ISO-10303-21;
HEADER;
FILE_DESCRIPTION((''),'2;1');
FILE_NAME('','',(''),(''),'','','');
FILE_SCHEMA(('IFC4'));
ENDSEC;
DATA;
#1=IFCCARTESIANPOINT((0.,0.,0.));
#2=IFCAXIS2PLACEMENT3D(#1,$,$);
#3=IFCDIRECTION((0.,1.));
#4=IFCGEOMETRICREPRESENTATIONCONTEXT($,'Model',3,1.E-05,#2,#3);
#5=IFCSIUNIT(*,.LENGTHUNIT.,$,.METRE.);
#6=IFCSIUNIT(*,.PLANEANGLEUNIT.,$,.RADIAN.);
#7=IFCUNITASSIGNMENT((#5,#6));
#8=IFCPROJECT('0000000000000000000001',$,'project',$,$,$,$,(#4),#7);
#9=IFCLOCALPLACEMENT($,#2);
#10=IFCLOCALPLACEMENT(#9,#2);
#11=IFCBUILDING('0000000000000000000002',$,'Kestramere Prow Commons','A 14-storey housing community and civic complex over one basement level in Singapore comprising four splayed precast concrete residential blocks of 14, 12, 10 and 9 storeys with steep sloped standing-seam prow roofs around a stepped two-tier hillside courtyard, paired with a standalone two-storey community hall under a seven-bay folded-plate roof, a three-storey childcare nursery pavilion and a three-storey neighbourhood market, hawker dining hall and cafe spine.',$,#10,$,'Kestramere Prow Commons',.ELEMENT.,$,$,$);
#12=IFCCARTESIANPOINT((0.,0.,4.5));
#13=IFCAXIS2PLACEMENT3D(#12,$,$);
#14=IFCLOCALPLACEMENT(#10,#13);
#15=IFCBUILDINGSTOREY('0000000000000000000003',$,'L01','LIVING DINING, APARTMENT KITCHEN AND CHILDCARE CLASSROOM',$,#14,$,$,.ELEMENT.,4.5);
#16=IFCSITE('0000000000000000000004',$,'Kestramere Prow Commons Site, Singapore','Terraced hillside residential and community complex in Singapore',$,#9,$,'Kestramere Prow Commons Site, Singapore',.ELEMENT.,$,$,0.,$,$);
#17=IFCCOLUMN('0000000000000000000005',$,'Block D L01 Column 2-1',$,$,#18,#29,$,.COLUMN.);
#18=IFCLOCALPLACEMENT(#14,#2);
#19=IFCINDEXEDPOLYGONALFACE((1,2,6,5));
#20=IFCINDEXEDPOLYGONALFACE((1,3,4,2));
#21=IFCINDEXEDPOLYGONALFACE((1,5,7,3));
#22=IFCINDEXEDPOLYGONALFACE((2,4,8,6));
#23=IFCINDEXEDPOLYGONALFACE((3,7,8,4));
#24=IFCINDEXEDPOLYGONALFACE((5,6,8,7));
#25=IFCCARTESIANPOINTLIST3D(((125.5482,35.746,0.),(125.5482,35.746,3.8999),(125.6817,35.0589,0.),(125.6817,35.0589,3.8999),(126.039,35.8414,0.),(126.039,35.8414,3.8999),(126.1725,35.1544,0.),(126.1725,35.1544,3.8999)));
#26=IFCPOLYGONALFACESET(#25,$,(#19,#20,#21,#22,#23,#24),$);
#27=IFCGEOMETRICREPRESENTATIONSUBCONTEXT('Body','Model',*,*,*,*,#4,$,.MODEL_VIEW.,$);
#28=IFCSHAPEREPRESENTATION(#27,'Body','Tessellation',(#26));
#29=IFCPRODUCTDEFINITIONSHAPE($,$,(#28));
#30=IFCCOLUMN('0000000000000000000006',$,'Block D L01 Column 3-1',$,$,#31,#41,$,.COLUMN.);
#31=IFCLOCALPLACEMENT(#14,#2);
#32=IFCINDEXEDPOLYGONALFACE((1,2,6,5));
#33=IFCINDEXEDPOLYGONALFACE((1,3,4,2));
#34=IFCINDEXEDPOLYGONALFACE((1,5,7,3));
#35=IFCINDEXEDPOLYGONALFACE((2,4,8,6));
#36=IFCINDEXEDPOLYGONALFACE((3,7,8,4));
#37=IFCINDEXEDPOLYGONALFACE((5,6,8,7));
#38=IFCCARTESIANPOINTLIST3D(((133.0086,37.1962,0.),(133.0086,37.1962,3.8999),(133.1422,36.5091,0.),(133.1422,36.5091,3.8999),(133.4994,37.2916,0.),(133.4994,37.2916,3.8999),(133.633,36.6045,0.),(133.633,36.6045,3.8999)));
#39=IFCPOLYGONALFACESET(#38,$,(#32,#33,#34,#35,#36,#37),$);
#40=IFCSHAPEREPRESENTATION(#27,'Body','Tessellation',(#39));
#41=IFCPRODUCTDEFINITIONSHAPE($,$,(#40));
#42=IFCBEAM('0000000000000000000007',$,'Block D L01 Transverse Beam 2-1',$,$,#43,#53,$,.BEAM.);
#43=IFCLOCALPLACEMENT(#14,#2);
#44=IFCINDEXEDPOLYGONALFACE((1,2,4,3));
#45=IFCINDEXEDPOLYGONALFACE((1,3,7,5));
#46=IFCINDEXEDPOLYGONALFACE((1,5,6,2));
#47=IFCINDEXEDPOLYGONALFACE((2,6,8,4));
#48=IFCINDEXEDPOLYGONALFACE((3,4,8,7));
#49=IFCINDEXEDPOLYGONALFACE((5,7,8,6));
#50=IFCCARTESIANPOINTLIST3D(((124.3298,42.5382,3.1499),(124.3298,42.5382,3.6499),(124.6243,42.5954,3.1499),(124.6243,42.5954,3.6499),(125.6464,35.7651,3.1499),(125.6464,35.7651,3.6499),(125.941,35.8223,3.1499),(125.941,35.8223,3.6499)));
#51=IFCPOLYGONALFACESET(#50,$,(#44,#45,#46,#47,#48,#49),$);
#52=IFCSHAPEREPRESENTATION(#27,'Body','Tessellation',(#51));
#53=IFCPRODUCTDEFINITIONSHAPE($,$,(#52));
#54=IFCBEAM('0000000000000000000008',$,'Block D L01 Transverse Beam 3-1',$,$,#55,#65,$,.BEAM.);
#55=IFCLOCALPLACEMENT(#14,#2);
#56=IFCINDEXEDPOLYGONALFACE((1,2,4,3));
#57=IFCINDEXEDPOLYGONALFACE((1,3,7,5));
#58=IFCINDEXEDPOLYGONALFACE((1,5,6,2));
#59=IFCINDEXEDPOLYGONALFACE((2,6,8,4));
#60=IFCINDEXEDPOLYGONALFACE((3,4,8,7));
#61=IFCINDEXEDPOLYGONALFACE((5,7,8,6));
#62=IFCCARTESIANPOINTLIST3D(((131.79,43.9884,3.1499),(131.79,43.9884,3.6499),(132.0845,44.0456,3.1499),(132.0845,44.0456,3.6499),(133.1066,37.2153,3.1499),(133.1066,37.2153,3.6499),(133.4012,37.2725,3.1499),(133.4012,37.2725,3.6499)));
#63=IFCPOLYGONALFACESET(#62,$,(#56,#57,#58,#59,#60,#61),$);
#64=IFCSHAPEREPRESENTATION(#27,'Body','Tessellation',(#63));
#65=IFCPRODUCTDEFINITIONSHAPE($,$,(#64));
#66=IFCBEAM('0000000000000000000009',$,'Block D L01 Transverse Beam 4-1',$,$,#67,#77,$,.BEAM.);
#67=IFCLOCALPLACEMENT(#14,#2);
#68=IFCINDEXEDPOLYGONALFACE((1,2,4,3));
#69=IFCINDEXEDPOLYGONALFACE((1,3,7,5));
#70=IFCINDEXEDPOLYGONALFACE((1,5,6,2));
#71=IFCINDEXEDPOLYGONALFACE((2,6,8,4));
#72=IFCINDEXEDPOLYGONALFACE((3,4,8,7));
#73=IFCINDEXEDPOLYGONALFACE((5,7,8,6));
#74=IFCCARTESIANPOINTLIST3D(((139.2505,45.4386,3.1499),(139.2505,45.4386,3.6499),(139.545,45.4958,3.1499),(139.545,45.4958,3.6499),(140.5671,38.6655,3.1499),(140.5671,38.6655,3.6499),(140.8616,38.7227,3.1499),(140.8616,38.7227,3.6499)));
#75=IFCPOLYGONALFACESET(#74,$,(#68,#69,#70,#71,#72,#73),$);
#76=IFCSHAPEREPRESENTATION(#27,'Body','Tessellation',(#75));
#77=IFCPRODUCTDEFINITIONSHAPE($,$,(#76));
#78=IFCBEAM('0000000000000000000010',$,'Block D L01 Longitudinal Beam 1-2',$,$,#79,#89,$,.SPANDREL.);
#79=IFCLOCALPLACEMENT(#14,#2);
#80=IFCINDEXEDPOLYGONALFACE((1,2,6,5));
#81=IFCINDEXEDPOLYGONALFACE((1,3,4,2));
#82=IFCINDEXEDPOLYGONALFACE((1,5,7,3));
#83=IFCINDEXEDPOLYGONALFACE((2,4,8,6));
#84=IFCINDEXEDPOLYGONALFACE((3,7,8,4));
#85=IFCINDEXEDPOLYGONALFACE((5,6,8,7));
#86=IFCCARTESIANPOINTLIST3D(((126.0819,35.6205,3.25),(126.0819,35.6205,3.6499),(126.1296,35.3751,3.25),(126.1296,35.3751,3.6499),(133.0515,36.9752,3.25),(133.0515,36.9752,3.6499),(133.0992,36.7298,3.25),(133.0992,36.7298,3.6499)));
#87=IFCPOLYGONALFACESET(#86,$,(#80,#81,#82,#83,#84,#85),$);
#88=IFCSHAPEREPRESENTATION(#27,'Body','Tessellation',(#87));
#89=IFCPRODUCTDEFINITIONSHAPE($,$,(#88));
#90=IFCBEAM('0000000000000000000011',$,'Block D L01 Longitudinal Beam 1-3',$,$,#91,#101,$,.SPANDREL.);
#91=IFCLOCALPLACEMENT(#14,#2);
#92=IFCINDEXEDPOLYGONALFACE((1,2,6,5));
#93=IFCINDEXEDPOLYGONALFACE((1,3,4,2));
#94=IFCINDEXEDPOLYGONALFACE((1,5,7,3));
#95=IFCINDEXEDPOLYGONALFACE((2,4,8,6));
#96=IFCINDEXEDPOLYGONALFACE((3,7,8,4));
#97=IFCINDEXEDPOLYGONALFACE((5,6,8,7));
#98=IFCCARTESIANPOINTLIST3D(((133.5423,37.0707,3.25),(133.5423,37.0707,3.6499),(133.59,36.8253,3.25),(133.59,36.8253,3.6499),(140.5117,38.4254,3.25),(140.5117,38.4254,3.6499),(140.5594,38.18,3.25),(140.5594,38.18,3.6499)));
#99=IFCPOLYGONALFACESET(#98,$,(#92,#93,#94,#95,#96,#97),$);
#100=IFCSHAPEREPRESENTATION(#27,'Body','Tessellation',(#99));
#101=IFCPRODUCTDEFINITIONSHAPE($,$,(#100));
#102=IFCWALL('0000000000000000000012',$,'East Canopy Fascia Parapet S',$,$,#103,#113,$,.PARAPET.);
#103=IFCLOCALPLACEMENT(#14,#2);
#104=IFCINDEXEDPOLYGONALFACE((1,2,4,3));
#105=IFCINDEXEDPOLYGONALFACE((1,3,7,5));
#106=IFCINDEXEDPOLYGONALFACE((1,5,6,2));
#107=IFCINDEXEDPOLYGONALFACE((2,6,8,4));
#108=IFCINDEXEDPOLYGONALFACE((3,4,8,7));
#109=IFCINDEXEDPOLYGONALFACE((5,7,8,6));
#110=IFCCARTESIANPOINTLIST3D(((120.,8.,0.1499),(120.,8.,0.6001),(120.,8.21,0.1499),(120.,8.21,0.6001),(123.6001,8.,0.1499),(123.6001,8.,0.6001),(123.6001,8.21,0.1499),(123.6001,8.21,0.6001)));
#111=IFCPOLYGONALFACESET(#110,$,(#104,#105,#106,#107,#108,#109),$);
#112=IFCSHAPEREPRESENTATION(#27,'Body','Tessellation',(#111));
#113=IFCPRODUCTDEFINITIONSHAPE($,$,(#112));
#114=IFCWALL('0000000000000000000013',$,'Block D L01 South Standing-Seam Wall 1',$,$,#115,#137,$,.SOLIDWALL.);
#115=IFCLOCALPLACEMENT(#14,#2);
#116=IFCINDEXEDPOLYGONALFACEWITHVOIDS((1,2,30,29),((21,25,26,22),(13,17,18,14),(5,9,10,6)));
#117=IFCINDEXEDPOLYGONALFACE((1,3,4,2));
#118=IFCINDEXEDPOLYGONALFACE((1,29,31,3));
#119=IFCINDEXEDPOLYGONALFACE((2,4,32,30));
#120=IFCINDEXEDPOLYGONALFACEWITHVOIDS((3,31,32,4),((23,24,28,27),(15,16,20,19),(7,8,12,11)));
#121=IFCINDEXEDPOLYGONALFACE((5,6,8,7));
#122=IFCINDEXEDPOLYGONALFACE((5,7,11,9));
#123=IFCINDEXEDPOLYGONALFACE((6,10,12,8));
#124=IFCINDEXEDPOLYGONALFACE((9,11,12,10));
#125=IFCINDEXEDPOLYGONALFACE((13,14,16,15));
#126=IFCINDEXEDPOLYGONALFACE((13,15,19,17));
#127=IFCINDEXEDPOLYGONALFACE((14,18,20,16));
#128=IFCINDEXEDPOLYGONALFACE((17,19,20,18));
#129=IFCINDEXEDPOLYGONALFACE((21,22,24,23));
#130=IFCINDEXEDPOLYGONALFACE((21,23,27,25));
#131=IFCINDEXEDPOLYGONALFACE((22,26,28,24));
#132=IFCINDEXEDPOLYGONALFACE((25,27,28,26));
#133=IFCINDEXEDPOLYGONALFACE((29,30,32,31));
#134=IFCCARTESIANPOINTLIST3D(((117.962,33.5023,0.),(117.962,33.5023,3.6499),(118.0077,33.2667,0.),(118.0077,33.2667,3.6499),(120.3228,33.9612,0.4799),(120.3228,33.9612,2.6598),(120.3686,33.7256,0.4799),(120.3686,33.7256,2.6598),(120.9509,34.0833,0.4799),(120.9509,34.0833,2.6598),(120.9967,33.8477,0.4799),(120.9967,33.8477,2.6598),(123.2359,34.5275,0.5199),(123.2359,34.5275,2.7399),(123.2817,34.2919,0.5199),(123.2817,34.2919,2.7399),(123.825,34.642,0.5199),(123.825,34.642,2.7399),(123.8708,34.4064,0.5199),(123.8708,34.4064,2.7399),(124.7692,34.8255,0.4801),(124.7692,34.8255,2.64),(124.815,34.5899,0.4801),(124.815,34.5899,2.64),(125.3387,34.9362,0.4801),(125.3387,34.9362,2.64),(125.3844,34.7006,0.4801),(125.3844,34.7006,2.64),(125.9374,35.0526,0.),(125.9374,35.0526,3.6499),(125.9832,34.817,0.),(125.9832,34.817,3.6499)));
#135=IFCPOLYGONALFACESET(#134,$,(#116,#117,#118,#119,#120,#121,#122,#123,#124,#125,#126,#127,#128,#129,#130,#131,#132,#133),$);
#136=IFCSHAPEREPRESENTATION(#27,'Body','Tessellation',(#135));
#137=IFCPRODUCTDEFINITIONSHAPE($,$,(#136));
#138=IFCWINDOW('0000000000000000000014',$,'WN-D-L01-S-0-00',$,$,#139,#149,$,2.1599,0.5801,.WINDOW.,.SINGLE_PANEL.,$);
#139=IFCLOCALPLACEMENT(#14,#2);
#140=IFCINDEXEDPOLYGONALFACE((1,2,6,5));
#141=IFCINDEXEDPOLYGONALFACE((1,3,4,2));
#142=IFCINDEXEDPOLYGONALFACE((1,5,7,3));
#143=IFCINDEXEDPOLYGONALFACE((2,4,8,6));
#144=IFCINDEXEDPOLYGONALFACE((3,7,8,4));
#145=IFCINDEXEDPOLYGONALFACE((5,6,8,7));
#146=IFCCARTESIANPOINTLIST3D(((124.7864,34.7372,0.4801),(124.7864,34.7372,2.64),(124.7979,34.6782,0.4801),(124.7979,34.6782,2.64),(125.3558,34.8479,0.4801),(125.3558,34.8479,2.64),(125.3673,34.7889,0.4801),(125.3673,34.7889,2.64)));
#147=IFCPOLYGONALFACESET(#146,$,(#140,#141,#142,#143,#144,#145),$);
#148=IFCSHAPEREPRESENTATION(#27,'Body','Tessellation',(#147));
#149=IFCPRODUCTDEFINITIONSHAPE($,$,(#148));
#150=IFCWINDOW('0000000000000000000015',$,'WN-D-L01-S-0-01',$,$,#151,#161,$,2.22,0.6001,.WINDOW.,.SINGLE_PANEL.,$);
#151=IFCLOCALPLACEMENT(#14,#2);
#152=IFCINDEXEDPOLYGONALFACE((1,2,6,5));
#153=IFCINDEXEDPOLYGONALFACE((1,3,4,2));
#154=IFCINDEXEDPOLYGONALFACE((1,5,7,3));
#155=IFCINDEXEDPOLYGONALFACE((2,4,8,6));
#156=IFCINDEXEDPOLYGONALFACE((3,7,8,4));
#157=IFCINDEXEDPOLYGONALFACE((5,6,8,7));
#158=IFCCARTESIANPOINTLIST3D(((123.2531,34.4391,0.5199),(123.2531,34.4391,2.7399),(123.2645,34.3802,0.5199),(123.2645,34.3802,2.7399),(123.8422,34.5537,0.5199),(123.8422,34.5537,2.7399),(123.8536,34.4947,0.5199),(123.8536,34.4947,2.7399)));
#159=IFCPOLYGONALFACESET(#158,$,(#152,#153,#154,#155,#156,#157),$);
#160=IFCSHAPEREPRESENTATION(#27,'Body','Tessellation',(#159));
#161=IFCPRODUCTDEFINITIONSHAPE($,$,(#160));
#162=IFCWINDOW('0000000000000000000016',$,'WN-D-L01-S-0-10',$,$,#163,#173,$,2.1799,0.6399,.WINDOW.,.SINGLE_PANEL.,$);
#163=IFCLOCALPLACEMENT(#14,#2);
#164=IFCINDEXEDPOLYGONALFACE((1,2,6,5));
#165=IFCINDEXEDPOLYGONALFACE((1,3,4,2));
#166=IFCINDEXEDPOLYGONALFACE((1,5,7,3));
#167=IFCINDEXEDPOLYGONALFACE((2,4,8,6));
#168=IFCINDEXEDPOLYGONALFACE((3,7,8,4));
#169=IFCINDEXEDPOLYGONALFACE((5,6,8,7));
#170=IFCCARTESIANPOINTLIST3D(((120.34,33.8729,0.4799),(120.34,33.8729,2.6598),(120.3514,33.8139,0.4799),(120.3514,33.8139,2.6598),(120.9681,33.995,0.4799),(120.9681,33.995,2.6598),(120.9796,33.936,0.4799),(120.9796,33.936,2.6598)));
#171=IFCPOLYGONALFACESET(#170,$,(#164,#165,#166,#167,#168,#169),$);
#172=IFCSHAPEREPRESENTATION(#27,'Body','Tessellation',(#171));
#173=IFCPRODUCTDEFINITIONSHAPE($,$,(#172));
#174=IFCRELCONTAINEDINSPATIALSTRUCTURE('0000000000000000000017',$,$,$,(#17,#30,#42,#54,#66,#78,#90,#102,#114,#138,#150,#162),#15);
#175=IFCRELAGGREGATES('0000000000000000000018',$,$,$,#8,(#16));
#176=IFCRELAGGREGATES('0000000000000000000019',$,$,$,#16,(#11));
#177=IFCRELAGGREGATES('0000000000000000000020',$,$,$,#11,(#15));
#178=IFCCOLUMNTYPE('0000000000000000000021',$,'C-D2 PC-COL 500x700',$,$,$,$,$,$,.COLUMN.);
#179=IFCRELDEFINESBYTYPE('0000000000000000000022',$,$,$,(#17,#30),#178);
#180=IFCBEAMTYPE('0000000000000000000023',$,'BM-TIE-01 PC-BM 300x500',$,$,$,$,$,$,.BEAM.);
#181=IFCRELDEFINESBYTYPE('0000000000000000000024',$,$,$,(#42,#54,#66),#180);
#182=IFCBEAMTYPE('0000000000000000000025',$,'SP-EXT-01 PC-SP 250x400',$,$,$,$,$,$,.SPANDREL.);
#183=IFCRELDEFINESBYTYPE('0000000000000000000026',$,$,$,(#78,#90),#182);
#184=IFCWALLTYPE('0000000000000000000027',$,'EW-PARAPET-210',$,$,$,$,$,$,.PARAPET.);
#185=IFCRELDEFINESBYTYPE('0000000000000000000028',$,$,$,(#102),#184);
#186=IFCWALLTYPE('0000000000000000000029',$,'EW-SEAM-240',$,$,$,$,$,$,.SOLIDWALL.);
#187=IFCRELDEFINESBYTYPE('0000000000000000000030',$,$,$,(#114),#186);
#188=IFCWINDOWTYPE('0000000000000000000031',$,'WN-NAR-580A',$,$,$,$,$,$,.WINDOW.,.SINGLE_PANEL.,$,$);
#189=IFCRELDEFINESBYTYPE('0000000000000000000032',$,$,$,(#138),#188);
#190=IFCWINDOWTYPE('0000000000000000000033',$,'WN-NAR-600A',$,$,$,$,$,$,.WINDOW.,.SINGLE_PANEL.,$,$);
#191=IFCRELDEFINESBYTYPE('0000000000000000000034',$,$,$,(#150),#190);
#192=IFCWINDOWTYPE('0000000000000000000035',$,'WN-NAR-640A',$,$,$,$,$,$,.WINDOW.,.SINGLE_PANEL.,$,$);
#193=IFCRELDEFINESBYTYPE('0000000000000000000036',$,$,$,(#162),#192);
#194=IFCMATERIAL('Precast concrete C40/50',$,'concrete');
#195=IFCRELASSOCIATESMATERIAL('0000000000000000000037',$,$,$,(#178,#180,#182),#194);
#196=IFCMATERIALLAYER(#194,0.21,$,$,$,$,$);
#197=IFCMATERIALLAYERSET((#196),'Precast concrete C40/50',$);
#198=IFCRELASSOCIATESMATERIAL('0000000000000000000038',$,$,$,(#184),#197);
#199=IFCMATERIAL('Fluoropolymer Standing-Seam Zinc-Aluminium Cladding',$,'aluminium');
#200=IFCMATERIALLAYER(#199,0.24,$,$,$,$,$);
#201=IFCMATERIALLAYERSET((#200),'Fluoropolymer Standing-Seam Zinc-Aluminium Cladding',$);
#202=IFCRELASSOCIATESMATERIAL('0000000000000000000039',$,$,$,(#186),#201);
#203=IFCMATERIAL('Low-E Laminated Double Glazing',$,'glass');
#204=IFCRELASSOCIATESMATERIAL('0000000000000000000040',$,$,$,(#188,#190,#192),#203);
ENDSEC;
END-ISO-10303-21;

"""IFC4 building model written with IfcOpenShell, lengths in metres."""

from ifc_helpers import new_model, si_unit, direction, frame, frame_2d, origin, origin_2d, place, context, subcontext, project, spatial, rectangle, extrude, material, layer, layer_set, material_profile, profile_set, type_object, element, fill, save


model = new_model("IFC4")

# Units and contexts
model_context = context("Model", 3, precision=1e-05, world=origin(), true_north=direction((0.0, 1.0)))
body_context = subcontext(model_context, "Body", "Model", "MODEL_VIEW")
ifc_project = project(units=[si_unit("LENGTHUNIT", "METRE"), si_unit("PLANEANGLEUNIT", "RADIAN")], contexts=[model_context])

# Site, building, storey
site_placement = place(None, origin())
site = spatial("IfcSite", under=ifc_project, at=site_placement, Name="Kestramere Prow Commons Site, Singapore", Description="Terraced hillside residential and community complex in Singapore", LongName="Kestramere Prow Commons Site, Singapore", CompositionType="ELEMENT", RefElevation=0.0)
building_placement = place(site_placement, origin())
building = spatial("IfcBuilding", under=site, at=building_placement, Name="Kestramere Prow Commons", Description="A 14-storey housing community and civic complex over one basement level in Singapore comprising four splayed precast concrete residential blocks of 14, 12, 10 and 9 storeys with steep sloped standing-seam prow roofs around a stepped two-tier hillside courtyard, paired with a standalone two-storey community hall under a seven-bay folded-plate roof, a three-storey childcare nursery pavilion and a three-storey neighbourhood market, hawker dining hall and cafe spine.", LongName="Kestramere Prow Commons", CompositionType="ELEMENT")
storey_placement = place(building_placement, frame((0.0, 0.0, 4.5)))
storey = spatial("IfcBuildingStorey", under=building, at=storey_placement, Name="L01", Description="LIVING DINING, APARTMENT KITCHEN AND CHILDCARE CLASSROOM", CompositionType="ELEMENT", Elevation=4.5)

# Columns
ifc_material_1 = material(Name="Precast concrete C40/50", Category="concrete")
ifc_material_profile_1 = material_profile(ifc_material_1, rectangle(XDim=0.5, YDim=0.7, at=origin_2d()), Name="PC-COL 500x700")
ifc_profile_set_1 = profile_set([ifc_material_profile_1], Name="Precast concrete C40/50")
column_type = type_object("IfcColumnType", Name="C-D2 PC-COL 500x700", PredefinedType="COLUMN", material=ifc_profile_set_1)
for number, where, z_axis, x_axis, name in (
    (1, (125.8604, 35.4502, 0.0), (0.0, 0.0, 1.0), (0.981627, 0.190809, 0.0), "Block D L01 Column 2-1"),
    (2, (133.3208, 36.9004, 0.0), (0.0, 0.0, 1.0), (0.981627, 0.190809, 0.0), "Block D L01 Column 3-1"),
):
    element("IfcColumn", number, at=place(storey_placement, frame(where, z_axis=z_axis, x_axis=x_axis)), inside=storey, type_object=column_type, Name=name, PredefinedType="COLUMN", context=body_context, shape_type="SweptSolid", body=[
        extrude(rectangle(XDim=0.5, YDim=0.7, at=origin_2d()), origin(), (0.0, 0.0, 1.0), 3.8999),
    ])

# Beams
ifc_material_profile_2 = material_profile(ifc_material_1, rectangle(XDim=0.3, YDim=0.5, at=origin_2d()), Name="PC-BM 300x500")
ifc_profile_set_2 = profile_set([ifc_material_profile_2], Name="Precast concrete C40/50")
beam_type_1 = type_object("IfcBeamType", Name="BM-TIE-01 PC-BM 300x500", PredefinedType="BEAM", material=ifc_profile_set_2)
for number, where, z_axis, x_axis, name in (
    (3, (125.7937, 35.7937, 3.3999), (-0.190819, 0.981625, 0.0), (-0.981625, -0.190819, 0.0), "Block D L01 Transverse Beam 2-1"),
    (4, (133.2539, 37.2439, 3.3999), (-0.190819, 0.981625, 0.0), (-0.981625, -0.190819, 0.0), "Block D L01 Transverse Beam 3-1"),
    (5, (140.7144, 38.6941, 3.3999), (-0.190819, 0.981625, 0.0), (-0.981625, -0.190819, 0.0), "Block D L01 Transverse Beam 4-1"),
):
    element("IfcBeam", number, at=place(storey_placement, frame(where, z_axis=z_axis, x_axis=x_axis)), inside=storey, type_object=beam_type_1, Name=name, PredefinedType="BEAM", context=body_context, shape_type="SweptSolid", body=[
        extrude(rectangle(XDim=0.3, YDim=0.5, at=origin_2d()), origin(), (0.0, 0.0, 1.0), 6.8999),
    ])
ifc_material_profile_3 = material_profile(ifc_material_1, rectangle(XDim=0.25, YDim=0.3999, at=origin_2d()), Name="PC-SP 250x400")
ifc_profile_set_3 = profile_set([ifc_material_profile_3], Name="Precast concrete C40/50")
beam_type_2 = type_object("IfcBeamType", Name="SP-EXT-01 PC-SP 250x400", PredefinedType="SPANDREL", material=ifc_profile_set_3)
beam_1_placement = place(storey_placement, frame((126.1057, 35.4978, 3.45), z_axis=(0.981628, 0.190803, 0.0), x_axis=(-0.190803, 0.981628, 0.0)))
element("IfcBeam", 6, at=beam_1_placement, inside=storey, type_object=beam_type_2, Name="Block D L01 Longitudinal Beam 1-2", PredefinedType="SPANDREL", context=body_context, shape_type="SweptSolid", body=[
    extrude(rectangle(XDim=0.25, YDim=0.3999, at=origin_2d()), origin(), (0.0, 0.0, 1.0), 7.1001),
])
beam_2_placement = place(storey_placement, frame((133.5662, 36.948, 3.45), z_axis=(0.981627, 0.19081, 0.0), x_axis=(-0.19081, 0.981627, 0.0)))
element("IfcBeam", 7, at=beam_2_placement, inside=storey, type_object=beam_type_2, Name="Block D L01 Longitudinal Beam 1-3", PredefinedType="SPANDREL", context=body_context, shape_type="SweptSolid", body=[
    extrude(rectangle(XDim=0.25, YDim=0.3999, at=origin_2d()), origin(), (0.0, 0.0, 1.0), 7.0999),
])

# Wall
ifc_layer_1 = layer(ifc_material_1, 0.21)
ifc_layer_set_1 = layer_set([ifc_layer_1], Name="Precast concrete C40/50")
wall_type_1 = type_object("IfcWallType", Name="EW-PARAPET-210", PredefinedType="PARAPET", material=ifc_layer_set_1)
wall_1_placement = place(storey_placement, frame((123.6001, 8.105, 0.1499), z_axis=(0.0, 0.0, 1.0), x_axis=(-1.0, 0.0, 0.0)))
element("IfcWall", 8, at=wall_1_placement, inside=storey, type_object=wall_type_1, Name="East Canopy Fascia Parapet S", PredefinedType="PARAPET", context=body_context, shape_type="SweptSolid", body=[
    extrude(rectangle(XDim=3.6001, YDim=0.21, at=frame_2d((1.8, 0.0))), origin(), (0.0, 0.0, 1.0), 0.4502),
])

# Wall, openings, windows
ifc_material_2 = material(Name="Fluoropolymer Standing-Seam Zinc-Aluminium Cladding", Category="aluminium")
ifc_layer_2 = layer(ifc_material_2, 0.24)
ifc_layer_set_2 = layer_set([ifc_layer_2], Name="Fluoropolymer Standing-Seam Zinc-Aluminium Cladding")
wall_type_2 = type_object("IfcWallType", Name="EW-SEAM-240", PredefinedType="SOLIDWALL", material=ifc_layer_set_2)
wall_2_placement = place(storey_placement, frame((125.9604, 34.9348, 0.0), z_axis=(0.0, 0.0, 1.0), x_axis=(-0.981627, -0.190809, 0.0)))
wall_2 = element("IfcWall", 9, at=wall_2_placement, inside=storey, type_object=wall_type_2, Name="Block D L01 South Standing-Seam Wall 1", PredefinedType="SOLIDWALL", context=body_context, shape_type="SweptSolid", body=[
    extrude(rectangle(XDim=8.1248, YDim=0.24, at=frame_2d((4.0625, 0.0))), origin(), (0.0, 0.0, 1.0), 3.6499),
])
opening_1_placement = place(wall_2_placement, frame((0.6101, 0.0, 0.48)))
opening_1 = element("IfcOpeningElement", 10, at=opening_1_placement, cuts=wall_2, PredefinedType="OPENING", context=body_context, shape_type="SweptSolid", body=[
    extrude(rectangle(XDim=0.5801, YDim=2.1599, at=frame_2d((0.29, 1.0801))), frame((0.0, 0.135, 0.0), z_axis=(0.0, -1.0, 0.0), x_axis=(1.0, 0.0, 0.0)), (0.0, 0.0, 1.0), 0.27),
])
opening_2_placement = place(wall_2_placement, frame((2.1521, 0.0, 0.52)))
opening_2 = element("IfcOpeningElement", 11, at=opening_2_placement, cuts=wall_2, PredefinedType="OPENING", context=body_context, shape_type="SweptSolid", body=[
    extrude(rectangle(XDim=0.6001, YDim=2.22, at=frame_2d((0.3, 1.1099))), frame((0.0, 0.135, 0.0), z_axis=(0.0, -1.0, 0.0), x_axis=(1.0, 0.0, 0.0)), (0.0, 0.0, 1.0), 0.27),
])
opening_3_placement = place(wall_2_placement, frame((5.0801, 0.0, 0.48)))
opening_3 = element("IfcOpeningElement", 12, at=opening_3_placement, cuts=wall_2, PredefinedType="OPENING", context=body_context, shape_type="SweptSolid", body=[
    extrude(rectangle(XDim=0.6399, YDim=2.1799, at=frame_2d((0.3198, 1.0898))), frame((0.0, 0.135, 0.0), z_axis=(0.0, -1.0, 0.0), x_axis=(1.0, 0.0, 0.0)), (0.0, 0.0, 1.0), 0.27),
])
ifc_material_3 = material(Name="Low-E Laminated Double Glazing", Category="glass")
window_type_1 = type_object("IfcWindowType", Name="WN-NAR-580A", PartitioningType="SINGLE_PANEL", PredefinedType="WINDOW", material=ifc_material_3)
window_1_placement = place(opening_1_placement, origin())
window_1 = element("IfcWindow", 13, at=window_1_placement, inside=storey, type_object=window_type_1, Name="WN-D-L01-S-0-00", OverallHeight=2.1599, OverallWidth=0.5801, PartitioningType="SINGLE_PANEL", PredefinedType="WINDOW", context=body_context, shape_type="SweptSolid", body=[
    extrude(rectangle(XDim=0.5801, YDim=2.1599, at=frame_2d((0.29, 1.0801))), frame((0.0, 0.03, 0.0), z_axis=(0.0, -1.0, 0.0), x_axis=(1.0, 0.0, 0.0)), (0.0, 0.0, 1.0), 0.0601),
])
fill(opening_1, window_1)
window_type_2 = type_object("IfcWindowType", Name="WN-NAR-600A", PartitioningType="SINGLE_PANEL", PredefinedType="WINDOW", material=ifc_material_3)
window_2_placement = place(opening_2_placement, origin())
window_2 = element("IfcWindow", 14, at=window_2_placement, inside=storey, type_object=window_type_2, Name="WN-D-L01-S-0-01", OverallHeight=2.22, OverallWidth=0.6001, PartitioningType="SINGLE_PANEL", PredefinedType="WINDOW", context=body_context, shape_type="SweptSolid", body=[
    extrude(rectangle(XDim=0.6001, YDim=2.22, at=frame_2d((0.3, 1.1099))), frame((0.0, 0.03, 0.0), z_axis=(0.0, -1.0, 0.0), x_axis=(1.0, 0.0, 0.0)), (0.0, 0.0, 1.0), 0.0601),
])
fill(opening_2, window_2)
window_type_3 = type_object("IfcWindowType", Name="WN-NAR-640A", PartitioningType="SINGLE_PANEL", PredefinedType="WINDOW", material=ifc_material_3)
window_3_placement = place(opening_3_placement, origin())
window_3 = element("IfcWindow", 15, at=window_3_placement, inside=storey, type_object=window_type_3, Name="WN-D-L01-S-0-10", OverallHeight=2.1799, OverallWidth=0.6399, PartitioningType="SINGLE_PANEL", PredefinedType="WINDOW", context=body_context, shape_type="SweptSolid", body=[
    extrude(rectangle(XDim=0.6399, YDim=2.1799, at=frame_2d((0.3198, 1.0898))), frame((0.0, 0.03, 0.0), z_axis=(0.0, -1.0, 0.0), x_axis=(1.0, 0.0, 0.0)), (0.0, 0.0, 1.0), 0.0601),
])
fill(opening_3, window_3)

save(model, "model.ifc")
